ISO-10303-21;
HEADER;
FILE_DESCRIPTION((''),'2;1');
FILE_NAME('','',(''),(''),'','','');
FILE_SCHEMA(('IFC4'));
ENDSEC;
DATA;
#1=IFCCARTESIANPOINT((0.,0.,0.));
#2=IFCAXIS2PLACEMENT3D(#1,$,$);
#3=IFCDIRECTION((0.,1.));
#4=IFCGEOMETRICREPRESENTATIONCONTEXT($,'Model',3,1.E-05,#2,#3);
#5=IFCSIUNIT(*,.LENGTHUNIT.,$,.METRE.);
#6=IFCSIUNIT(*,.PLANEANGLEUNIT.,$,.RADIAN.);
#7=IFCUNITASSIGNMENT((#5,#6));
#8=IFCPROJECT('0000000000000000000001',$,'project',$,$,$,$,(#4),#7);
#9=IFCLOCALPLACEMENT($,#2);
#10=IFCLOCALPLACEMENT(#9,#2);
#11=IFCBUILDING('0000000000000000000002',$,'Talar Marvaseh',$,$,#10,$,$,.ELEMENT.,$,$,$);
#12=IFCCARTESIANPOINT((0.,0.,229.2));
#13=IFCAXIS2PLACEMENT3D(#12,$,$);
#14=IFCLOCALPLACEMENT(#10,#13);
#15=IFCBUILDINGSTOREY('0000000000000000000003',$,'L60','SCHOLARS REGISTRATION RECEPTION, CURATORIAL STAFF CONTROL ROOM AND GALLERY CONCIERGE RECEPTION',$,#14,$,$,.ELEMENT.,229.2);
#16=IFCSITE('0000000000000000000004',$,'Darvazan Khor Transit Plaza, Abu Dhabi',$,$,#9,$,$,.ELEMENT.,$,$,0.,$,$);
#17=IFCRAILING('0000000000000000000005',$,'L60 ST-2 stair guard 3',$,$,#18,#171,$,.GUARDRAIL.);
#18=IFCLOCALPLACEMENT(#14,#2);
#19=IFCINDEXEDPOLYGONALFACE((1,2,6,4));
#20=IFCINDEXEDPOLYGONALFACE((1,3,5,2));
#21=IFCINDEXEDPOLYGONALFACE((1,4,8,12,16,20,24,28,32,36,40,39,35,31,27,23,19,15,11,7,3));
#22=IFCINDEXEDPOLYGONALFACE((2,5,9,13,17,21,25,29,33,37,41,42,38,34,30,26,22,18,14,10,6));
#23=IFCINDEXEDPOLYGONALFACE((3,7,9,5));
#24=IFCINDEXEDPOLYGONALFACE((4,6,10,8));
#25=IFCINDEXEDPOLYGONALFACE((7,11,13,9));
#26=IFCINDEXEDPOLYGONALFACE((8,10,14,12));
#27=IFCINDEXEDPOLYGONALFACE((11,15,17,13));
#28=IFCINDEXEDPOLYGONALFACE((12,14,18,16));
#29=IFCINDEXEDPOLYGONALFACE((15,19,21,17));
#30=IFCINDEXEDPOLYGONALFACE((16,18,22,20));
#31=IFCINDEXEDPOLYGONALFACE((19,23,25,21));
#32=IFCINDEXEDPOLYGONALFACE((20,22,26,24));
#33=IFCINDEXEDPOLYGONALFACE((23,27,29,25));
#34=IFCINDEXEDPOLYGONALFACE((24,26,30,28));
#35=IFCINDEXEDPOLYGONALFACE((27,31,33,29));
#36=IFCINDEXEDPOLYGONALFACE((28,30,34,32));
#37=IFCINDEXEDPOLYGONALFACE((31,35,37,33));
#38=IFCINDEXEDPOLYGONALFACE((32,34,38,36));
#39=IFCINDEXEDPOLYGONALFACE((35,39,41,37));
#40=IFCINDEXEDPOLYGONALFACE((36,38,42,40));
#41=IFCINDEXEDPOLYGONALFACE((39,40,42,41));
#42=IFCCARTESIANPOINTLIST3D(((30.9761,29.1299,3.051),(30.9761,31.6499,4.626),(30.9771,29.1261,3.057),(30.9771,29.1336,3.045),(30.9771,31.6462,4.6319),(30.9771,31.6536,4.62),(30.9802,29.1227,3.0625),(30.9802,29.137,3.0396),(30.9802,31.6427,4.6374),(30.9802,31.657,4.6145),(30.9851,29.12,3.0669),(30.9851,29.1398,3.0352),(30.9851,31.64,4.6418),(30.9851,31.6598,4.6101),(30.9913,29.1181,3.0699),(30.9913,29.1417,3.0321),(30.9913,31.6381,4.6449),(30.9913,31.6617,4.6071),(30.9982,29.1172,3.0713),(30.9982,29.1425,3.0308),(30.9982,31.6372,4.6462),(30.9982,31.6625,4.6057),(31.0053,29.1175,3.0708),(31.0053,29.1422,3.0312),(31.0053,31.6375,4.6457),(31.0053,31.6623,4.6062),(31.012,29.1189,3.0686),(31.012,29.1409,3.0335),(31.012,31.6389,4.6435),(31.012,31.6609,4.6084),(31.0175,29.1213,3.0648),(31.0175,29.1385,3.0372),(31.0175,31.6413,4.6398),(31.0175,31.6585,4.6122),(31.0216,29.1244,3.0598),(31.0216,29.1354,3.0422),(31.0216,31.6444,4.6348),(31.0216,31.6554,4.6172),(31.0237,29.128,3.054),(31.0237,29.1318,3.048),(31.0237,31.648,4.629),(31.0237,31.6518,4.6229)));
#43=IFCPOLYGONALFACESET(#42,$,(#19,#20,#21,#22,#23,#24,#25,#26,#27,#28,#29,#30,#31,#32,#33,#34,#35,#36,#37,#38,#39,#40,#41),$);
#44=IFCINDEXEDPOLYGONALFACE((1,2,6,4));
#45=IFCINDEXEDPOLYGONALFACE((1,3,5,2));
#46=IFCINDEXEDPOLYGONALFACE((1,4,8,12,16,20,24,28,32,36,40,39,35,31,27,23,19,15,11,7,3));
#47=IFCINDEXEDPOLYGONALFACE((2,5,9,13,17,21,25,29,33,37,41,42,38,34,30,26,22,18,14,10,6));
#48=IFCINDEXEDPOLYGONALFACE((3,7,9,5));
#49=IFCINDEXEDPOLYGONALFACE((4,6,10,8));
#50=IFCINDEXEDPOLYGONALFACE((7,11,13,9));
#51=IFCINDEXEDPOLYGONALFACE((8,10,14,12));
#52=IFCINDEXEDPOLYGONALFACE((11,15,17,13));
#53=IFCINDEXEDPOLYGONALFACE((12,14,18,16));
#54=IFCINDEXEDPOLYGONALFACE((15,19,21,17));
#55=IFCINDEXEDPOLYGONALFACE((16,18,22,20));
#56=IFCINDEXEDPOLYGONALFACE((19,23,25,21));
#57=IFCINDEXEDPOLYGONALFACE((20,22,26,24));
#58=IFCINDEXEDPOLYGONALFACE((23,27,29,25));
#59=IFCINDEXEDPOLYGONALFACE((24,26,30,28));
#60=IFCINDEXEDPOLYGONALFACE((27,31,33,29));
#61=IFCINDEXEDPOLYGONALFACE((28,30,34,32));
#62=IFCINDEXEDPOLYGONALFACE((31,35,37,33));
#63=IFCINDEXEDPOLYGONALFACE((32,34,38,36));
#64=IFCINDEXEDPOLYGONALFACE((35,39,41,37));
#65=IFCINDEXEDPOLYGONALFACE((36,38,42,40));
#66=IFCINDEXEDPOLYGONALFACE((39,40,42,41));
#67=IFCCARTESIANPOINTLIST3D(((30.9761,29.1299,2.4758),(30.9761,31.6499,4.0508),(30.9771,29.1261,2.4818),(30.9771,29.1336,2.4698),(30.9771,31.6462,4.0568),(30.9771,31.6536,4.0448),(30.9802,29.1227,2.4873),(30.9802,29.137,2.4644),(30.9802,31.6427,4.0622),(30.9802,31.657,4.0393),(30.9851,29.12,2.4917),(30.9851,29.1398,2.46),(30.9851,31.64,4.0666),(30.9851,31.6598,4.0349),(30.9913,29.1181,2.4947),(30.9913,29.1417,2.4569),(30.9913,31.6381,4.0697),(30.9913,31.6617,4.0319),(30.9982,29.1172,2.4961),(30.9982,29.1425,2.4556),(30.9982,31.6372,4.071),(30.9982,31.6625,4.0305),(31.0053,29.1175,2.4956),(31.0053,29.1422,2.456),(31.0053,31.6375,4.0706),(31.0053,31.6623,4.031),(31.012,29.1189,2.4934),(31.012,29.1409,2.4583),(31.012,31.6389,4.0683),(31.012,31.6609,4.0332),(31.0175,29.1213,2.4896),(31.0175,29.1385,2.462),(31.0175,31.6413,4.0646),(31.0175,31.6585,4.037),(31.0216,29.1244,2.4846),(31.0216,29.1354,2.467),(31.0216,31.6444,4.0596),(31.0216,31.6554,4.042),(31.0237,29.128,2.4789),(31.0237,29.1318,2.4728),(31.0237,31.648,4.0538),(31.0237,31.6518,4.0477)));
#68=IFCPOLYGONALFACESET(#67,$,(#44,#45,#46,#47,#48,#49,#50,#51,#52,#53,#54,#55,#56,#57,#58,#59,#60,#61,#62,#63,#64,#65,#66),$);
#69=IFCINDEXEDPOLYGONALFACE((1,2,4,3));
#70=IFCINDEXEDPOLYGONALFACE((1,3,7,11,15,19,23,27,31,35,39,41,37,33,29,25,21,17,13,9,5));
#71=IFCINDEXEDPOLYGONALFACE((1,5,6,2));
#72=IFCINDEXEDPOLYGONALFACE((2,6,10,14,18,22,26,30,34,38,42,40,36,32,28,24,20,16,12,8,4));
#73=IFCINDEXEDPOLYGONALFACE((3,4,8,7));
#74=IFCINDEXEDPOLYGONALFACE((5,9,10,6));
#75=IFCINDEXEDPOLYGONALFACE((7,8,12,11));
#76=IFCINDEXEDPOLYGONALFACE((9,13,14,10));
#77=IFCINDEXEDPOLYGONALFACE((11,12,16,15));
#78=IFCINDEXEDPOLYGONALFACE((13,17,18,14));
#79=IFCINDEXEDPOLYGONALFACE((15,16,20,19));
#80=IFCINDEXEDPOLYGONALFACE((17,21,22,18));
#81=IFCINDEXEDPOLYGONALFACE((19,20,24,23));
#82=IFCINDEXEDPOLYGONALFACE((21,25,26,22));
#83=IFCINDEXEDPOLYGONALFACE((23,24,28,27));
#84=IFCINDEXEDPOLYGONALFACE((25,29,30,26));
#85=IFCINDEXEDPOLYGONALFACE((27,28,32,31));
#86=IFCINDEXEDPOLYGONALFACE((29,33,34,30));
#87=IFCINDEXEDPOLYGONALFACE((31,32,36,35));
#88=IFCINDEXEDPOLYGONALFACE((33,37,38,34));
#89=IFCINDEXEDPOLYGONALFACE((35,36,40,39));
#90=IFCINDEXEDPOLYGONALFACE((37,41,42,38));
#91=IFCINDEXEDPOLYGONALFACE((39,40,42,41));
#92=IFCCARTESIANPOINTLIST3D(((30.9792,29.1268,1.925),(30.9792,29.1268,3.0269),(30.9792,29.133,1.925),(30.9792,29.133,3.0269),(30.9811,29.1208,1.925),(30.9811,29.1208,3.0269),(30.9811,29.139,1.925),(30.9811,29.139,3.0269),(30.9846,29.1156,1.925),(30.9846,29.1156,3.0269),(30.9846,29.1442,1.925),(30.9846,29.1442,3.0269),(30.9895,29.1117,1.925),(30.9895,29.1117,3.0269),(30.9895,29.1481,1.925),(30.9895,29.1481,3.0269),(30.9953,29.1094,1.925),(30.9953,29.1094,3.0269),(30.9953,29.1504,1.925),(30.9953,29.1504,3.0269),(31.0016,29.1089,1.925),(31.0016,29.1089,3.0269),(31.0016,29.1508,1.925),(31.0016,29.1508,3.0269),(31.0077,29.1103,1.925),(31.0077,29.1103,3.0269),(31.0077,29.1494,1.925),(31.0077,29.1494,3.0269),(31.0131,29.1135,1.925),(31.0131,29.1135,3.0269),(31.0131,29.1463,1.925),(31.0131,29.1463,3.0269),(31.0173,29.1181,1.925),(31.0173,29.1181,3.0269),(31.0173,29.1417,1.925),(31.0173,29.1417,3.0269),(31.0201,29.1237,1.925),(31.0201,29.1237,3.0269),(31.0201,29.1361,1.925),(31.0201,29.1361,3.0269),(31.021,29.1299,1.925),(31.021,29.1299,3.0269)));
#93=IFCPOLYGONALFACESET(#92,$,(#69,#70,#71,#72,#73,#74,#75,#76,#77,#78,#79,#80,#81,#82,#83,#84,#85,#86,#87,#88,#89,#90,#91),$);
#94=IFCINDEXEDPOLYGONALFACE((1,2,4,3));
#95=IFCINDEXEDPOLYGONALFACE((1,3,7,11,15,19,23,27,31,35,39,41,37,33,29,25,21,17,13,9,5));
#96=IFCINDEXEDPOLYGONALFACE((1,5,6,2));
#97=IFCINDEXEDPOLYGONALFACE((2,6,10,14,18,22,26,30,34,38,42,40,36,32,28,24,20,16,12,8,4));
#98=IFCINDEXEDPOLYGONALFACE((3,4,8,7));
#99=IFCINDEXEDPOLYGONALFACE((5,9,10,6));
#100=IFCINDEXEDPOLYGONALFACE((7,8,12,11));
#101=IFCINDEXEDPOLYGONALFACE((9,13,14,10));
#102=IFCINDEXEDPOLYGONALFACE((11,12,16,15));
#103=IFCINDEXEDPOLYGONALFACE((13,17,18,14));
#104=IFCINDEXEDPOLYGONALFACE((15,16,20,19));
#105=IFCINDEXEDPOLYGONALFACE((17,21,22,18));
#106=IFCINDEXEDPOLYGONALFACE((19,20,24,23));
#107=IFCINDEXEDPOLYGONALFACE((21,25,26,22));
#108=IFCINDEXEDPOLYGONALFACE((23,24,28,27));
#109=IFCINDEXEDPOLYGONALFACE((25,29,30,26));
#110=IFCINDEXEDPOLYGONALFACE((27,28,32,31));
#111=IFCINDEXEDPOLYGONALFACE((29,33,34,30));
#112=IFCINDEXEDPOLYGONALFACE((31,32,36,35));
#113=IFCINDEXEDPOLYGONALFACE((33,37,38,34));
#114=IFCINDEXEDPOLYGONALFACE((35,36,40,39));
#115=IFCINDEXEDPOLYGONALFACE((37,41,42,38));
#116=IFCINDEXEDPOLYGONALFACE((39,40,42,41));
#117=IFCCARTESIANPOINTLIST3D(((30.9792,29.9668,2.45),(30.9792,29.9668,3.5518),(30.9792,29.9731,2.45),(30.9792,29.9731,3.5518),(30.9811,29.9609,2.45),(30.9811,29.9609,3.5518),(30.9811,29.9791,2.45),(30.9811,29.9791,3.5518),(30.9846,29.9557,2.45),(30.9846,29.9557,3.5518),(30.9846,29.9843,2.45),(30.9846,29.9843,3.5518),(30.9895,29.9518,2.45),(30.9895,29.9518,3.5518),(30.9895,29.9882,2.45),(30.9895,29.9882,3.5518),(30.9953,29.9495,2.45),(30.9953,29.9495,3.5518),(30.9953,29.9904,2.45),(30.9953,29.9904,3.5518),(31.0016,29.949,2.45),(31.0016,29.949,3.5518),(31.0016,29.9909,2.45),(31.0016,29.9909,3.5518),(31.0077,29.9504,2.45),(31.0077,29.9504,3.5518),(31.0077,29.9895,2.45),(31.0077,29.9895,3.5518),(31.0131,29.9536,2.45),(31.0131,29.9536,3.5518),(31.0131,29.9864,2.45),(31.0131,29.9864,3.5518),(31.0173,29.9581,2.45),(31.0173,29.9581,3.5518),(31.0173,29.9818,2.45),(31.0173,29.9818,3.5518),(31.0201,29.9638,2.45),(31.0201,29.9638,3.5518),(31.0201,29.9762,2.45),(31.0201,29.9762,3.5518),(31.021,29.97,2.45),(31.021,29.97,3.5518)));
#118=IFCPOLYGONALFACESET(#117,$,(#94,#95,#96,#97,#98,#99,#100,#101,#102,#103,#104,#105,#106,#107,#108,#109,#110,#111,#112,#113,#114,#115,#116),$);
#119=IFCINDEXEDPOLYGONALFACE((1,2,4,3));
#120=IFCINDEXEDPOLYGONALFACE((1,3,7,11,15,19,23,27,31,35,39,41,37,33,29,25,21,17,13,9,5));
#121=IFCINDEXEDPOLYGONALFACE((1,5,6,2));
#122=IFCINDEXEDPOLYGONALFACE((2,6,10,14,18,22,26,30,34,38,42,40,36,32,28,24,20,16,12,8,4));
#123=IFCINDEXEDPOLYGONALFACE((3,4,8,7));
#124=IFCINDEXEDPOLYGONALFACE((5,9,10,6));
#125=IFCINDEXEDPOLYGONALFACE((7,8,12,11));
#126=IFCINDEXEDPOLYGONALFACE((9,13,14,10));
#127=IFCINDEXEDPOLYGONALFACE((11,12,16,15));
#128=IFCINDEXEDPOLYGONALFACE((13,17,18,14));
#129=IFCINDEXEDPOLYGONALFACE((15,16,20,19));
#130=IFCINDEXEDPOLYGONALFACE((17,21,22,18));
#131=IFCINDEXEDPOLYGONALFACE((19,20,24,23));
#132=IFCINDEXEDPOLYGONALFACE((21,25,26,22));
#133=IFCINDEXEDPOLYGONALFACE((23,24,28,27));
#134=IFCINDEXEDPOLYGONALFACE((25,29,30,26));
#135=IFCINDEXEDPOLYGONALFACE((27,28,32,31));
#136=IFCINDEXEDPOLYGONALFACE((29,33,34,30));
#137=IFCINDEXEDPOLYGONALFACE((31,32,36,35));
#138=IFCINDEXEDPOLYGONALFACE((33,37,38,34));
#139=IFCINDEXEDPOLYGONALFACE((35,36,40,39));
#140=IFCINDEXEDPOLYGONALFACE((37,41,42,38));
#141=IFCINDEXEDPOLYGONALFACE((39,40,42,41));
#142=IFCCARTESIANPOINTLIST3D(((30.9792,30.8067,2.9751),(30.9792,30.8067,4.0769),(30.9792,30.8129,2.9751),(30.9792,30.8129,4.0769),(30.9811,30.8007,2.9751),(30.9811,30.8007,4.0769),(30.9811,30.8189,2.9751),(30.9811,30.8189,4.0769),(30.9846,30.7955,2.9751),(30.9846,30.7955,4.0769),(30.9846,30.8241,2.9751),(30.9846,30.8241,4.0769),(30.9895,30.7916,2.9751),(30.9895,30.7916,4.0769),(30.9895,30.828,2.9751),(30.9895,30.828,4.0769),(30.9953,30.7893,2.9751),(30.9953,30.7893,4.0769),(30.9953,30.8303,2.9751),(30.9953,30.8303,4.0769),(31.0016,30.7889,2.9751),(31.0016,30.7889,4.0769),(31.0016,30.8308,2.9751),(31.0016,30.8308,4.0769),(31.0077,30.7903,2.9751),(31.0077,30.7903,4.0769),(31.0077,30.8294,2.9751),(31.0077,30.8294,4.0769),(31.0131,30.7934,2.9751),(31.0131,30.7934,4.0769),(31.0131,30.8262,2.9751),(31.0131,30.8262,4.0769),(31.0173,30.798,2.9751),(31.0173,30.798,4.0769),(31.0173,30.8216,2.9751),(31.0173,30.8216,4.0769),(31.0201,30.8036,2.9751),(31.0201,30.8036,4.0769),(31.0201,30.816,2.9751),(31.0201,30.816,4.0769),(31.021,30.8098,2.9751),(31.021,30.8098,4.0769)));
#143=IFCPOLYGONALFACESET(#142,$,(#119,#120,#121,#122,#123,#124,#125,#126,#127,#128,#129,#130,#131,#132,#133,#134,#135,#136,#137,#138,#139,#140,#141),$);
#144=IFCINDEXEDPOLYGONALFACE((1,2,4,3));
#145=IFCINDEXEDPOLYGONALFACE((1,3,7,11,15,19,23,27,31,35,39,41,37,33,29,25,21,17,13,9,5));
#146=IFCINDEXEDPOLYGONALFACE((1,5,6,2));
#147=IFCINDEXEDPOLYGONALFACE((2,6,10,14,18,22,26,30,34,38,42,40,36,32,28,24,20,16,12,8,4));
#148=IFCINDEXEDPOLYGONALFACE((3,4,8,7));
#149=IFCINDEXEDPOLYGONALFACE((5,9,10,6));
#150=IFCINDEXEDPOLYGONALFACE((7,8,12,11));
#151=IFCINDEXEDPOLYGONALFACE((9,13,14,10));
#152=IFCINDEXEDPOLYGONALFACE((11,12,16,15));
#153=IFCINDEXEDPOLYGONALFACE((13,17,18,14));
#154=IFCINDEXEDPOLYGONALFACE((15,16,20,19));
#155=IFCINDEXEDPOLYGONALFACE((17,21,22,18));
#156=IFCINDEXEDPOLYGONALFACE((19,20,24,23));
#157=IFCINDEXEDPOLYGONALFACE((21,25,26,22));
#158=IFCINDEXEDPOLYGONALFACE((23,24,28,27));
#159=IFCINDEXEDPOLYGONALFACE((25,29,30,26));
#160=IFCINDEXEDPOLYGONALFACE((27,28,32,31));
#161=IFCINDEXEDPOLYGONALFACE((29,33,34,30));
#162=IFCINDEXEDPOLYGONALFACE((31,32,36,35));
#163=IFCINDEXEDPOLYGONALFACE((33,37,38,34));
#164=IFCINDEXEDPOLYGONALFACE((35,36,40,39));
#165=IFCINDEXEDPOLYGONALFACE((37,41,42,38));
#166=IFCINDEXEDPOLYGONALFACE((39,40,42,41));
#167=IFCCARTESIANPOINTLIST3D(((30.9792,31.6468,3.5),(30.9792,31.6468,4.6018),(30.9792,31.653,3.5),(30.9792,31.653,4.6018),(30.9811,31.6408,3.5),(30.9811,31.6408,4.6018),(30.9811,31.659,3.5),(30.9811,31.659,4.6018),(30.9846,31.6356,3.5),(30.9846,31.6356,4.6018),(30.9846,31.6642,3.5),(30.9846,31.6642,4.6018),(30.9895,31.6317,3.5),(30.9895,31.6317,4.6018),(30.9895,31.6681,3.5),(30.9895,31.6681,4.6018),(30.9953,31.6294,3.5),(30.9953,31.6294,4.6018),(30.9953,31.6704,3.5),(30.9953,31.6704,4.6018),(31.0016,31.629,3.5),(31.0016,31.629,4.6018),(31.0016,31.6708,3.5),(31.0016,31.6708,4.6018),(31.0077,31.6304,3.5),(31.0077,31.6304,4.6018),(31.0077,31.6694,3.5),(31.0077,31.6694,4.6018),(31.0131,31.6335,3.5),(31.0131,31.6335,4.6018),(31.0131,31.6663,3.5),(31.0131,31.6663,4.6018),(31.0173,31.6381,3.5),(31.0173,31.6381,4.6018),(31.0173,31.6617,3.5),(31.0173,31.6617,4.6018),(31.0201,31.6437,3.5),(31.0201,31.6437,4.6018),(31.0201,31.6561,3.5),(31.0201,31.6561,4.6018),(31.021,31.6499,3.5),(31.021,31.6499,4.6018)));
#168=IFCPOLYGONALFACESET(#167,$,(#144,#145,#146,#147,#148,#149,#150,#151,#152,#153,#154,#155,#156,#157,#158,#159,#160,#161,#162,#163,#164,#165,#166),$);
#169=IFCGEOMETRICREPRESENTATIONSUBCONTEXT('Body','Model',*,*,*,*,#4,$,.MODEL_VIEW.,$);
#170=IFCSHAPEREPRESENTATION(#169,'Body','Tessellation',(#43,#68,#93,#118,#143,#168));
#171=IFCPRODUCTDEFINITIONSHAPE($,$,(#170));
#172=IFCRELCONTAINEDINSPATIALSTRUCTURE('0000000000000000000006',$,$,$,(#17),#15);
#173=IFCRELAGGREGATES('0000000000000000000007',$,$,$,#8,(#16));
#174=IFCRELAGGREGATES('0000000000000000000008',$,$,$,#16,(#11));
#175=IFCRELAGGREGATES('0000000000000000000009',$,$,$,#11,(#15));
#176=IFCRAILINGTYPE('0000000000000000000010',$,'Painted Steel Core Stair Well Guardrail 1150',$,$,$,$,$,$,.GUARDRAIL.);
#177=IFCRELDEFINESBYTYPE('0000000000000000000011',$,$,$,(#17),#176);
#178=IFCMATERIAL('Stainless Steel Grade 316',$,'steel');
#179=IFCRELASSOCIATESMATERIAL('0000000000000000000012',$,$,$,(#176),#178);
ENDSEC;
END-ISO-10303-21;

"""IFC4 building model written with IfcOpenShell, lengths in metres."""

from ifc_helpers import new_model, si_unit, direction, frame, origin, origin_2d, place, context, subcontext, project, spatial, circle, extrude, material, type_object, element, save


model = new_model("IFC4")

# Units and contexts
model_context = context("Model", 3, precision=1e-05, world=origin(), true_north=direction((0.0, 1.0)))
body_context = subcontext(model_context, "Body", "Model", "MODEL_VIEW")
ifc_project = project(units=[si_unit("LENGTHUNIT", "METRE"), si_unit("PLANEANGLEUNIT", "RADIAN")], contexts=[model_context])

# Site, building, storey
site_placement = place(None, origin())
site = spatial("IfcSite", under=ifc_project, at=site_placement, Name="Darvazan Khor Transit Plaza, Abu Dhabi", CompositionType="ELEMENT", RefElevation=0.0)
building_placement = place(site_placement, origin())
building = spatial("IfcBuilding", under=site, at=building_placement, Name="Talar Marvaseh", CompositionType="ELEMENT")
storey_placement = place(building_placement, frame((0.0, 0.0, 229.2)))
storey = spatial("IfcBuildingStorey", under=building, at=storey_placement, Name="L60", Description="SCHOLARS REGISTRATION RECEPTION, CURATORIAL STAFF CONTROL ROOM AND GALLERY CONCIERGE RECEPTION", CompositionType="ELEMENT", Elevation=229.2)

# Shared definitions
ifc_material_1 = material(Name="Stainless Steel Grade 316", Category="steel")

# Railing
railing_type_1 = type_object("IfcRailingType", Name="Painted Steel Core Stair Well Guardrail 1150", PredefinedType="GUARDRAIL", material=ifc_material_1)
railing_1_placement = place(storey_placement, frame((31.0, 29.1299, 1.925)))
element("IfcRailing", 1, at=railing_1_placement, inside=storey, type_object=railing_type_1, Name="L60 ST-2 stair guard 3", PredefinedType="GUARDRAIL", context=body_context, shape_type="SweptSolid", body=[
    extrude(circle(Radius=0.0239, at=origin_2d()), frame((0.0, 0.0, 1.126), z_axis=(0.0, 0.848008, 0.529984), x_axis=(-1.0, 0.0, 0.0)), (0.0, 0.0, 1.0), 2.9717),
    extrude(circle(Radius=0.0239, at=origin_2d()), frame((0.0, 0.0, 0.5508), z_axis=(0.0, 0.848008, 0.529984), x_axis=(-1.0, 0.0, 0.0)), (0.0, 0.0, 1.0), 2.9717),
    extrude(circle(Radius=0.021, at=origin_2d()), origin(), (0.0, 0.0, 1.0), 1.1018),
    extrude(circle(Radius=0.021, at=origin_2d()), frame((0.0, 0.8401, 0.5249)), (0.0, 0.0, 1.0), 1.1018),
    extrude(circle(Radius=0.021, at=origin_2d()), frame((0.0, 1.6799, 1.05)), (0.0, 0.0, 1.0), 1.1018),
    extrude(circle(Radius=0.021, at=origin_2d()), frame((0.0, 2.52, 1.575)), (0.0, 0.0, 1.0), 1.1018),
])

save(model, "model.ifc")
